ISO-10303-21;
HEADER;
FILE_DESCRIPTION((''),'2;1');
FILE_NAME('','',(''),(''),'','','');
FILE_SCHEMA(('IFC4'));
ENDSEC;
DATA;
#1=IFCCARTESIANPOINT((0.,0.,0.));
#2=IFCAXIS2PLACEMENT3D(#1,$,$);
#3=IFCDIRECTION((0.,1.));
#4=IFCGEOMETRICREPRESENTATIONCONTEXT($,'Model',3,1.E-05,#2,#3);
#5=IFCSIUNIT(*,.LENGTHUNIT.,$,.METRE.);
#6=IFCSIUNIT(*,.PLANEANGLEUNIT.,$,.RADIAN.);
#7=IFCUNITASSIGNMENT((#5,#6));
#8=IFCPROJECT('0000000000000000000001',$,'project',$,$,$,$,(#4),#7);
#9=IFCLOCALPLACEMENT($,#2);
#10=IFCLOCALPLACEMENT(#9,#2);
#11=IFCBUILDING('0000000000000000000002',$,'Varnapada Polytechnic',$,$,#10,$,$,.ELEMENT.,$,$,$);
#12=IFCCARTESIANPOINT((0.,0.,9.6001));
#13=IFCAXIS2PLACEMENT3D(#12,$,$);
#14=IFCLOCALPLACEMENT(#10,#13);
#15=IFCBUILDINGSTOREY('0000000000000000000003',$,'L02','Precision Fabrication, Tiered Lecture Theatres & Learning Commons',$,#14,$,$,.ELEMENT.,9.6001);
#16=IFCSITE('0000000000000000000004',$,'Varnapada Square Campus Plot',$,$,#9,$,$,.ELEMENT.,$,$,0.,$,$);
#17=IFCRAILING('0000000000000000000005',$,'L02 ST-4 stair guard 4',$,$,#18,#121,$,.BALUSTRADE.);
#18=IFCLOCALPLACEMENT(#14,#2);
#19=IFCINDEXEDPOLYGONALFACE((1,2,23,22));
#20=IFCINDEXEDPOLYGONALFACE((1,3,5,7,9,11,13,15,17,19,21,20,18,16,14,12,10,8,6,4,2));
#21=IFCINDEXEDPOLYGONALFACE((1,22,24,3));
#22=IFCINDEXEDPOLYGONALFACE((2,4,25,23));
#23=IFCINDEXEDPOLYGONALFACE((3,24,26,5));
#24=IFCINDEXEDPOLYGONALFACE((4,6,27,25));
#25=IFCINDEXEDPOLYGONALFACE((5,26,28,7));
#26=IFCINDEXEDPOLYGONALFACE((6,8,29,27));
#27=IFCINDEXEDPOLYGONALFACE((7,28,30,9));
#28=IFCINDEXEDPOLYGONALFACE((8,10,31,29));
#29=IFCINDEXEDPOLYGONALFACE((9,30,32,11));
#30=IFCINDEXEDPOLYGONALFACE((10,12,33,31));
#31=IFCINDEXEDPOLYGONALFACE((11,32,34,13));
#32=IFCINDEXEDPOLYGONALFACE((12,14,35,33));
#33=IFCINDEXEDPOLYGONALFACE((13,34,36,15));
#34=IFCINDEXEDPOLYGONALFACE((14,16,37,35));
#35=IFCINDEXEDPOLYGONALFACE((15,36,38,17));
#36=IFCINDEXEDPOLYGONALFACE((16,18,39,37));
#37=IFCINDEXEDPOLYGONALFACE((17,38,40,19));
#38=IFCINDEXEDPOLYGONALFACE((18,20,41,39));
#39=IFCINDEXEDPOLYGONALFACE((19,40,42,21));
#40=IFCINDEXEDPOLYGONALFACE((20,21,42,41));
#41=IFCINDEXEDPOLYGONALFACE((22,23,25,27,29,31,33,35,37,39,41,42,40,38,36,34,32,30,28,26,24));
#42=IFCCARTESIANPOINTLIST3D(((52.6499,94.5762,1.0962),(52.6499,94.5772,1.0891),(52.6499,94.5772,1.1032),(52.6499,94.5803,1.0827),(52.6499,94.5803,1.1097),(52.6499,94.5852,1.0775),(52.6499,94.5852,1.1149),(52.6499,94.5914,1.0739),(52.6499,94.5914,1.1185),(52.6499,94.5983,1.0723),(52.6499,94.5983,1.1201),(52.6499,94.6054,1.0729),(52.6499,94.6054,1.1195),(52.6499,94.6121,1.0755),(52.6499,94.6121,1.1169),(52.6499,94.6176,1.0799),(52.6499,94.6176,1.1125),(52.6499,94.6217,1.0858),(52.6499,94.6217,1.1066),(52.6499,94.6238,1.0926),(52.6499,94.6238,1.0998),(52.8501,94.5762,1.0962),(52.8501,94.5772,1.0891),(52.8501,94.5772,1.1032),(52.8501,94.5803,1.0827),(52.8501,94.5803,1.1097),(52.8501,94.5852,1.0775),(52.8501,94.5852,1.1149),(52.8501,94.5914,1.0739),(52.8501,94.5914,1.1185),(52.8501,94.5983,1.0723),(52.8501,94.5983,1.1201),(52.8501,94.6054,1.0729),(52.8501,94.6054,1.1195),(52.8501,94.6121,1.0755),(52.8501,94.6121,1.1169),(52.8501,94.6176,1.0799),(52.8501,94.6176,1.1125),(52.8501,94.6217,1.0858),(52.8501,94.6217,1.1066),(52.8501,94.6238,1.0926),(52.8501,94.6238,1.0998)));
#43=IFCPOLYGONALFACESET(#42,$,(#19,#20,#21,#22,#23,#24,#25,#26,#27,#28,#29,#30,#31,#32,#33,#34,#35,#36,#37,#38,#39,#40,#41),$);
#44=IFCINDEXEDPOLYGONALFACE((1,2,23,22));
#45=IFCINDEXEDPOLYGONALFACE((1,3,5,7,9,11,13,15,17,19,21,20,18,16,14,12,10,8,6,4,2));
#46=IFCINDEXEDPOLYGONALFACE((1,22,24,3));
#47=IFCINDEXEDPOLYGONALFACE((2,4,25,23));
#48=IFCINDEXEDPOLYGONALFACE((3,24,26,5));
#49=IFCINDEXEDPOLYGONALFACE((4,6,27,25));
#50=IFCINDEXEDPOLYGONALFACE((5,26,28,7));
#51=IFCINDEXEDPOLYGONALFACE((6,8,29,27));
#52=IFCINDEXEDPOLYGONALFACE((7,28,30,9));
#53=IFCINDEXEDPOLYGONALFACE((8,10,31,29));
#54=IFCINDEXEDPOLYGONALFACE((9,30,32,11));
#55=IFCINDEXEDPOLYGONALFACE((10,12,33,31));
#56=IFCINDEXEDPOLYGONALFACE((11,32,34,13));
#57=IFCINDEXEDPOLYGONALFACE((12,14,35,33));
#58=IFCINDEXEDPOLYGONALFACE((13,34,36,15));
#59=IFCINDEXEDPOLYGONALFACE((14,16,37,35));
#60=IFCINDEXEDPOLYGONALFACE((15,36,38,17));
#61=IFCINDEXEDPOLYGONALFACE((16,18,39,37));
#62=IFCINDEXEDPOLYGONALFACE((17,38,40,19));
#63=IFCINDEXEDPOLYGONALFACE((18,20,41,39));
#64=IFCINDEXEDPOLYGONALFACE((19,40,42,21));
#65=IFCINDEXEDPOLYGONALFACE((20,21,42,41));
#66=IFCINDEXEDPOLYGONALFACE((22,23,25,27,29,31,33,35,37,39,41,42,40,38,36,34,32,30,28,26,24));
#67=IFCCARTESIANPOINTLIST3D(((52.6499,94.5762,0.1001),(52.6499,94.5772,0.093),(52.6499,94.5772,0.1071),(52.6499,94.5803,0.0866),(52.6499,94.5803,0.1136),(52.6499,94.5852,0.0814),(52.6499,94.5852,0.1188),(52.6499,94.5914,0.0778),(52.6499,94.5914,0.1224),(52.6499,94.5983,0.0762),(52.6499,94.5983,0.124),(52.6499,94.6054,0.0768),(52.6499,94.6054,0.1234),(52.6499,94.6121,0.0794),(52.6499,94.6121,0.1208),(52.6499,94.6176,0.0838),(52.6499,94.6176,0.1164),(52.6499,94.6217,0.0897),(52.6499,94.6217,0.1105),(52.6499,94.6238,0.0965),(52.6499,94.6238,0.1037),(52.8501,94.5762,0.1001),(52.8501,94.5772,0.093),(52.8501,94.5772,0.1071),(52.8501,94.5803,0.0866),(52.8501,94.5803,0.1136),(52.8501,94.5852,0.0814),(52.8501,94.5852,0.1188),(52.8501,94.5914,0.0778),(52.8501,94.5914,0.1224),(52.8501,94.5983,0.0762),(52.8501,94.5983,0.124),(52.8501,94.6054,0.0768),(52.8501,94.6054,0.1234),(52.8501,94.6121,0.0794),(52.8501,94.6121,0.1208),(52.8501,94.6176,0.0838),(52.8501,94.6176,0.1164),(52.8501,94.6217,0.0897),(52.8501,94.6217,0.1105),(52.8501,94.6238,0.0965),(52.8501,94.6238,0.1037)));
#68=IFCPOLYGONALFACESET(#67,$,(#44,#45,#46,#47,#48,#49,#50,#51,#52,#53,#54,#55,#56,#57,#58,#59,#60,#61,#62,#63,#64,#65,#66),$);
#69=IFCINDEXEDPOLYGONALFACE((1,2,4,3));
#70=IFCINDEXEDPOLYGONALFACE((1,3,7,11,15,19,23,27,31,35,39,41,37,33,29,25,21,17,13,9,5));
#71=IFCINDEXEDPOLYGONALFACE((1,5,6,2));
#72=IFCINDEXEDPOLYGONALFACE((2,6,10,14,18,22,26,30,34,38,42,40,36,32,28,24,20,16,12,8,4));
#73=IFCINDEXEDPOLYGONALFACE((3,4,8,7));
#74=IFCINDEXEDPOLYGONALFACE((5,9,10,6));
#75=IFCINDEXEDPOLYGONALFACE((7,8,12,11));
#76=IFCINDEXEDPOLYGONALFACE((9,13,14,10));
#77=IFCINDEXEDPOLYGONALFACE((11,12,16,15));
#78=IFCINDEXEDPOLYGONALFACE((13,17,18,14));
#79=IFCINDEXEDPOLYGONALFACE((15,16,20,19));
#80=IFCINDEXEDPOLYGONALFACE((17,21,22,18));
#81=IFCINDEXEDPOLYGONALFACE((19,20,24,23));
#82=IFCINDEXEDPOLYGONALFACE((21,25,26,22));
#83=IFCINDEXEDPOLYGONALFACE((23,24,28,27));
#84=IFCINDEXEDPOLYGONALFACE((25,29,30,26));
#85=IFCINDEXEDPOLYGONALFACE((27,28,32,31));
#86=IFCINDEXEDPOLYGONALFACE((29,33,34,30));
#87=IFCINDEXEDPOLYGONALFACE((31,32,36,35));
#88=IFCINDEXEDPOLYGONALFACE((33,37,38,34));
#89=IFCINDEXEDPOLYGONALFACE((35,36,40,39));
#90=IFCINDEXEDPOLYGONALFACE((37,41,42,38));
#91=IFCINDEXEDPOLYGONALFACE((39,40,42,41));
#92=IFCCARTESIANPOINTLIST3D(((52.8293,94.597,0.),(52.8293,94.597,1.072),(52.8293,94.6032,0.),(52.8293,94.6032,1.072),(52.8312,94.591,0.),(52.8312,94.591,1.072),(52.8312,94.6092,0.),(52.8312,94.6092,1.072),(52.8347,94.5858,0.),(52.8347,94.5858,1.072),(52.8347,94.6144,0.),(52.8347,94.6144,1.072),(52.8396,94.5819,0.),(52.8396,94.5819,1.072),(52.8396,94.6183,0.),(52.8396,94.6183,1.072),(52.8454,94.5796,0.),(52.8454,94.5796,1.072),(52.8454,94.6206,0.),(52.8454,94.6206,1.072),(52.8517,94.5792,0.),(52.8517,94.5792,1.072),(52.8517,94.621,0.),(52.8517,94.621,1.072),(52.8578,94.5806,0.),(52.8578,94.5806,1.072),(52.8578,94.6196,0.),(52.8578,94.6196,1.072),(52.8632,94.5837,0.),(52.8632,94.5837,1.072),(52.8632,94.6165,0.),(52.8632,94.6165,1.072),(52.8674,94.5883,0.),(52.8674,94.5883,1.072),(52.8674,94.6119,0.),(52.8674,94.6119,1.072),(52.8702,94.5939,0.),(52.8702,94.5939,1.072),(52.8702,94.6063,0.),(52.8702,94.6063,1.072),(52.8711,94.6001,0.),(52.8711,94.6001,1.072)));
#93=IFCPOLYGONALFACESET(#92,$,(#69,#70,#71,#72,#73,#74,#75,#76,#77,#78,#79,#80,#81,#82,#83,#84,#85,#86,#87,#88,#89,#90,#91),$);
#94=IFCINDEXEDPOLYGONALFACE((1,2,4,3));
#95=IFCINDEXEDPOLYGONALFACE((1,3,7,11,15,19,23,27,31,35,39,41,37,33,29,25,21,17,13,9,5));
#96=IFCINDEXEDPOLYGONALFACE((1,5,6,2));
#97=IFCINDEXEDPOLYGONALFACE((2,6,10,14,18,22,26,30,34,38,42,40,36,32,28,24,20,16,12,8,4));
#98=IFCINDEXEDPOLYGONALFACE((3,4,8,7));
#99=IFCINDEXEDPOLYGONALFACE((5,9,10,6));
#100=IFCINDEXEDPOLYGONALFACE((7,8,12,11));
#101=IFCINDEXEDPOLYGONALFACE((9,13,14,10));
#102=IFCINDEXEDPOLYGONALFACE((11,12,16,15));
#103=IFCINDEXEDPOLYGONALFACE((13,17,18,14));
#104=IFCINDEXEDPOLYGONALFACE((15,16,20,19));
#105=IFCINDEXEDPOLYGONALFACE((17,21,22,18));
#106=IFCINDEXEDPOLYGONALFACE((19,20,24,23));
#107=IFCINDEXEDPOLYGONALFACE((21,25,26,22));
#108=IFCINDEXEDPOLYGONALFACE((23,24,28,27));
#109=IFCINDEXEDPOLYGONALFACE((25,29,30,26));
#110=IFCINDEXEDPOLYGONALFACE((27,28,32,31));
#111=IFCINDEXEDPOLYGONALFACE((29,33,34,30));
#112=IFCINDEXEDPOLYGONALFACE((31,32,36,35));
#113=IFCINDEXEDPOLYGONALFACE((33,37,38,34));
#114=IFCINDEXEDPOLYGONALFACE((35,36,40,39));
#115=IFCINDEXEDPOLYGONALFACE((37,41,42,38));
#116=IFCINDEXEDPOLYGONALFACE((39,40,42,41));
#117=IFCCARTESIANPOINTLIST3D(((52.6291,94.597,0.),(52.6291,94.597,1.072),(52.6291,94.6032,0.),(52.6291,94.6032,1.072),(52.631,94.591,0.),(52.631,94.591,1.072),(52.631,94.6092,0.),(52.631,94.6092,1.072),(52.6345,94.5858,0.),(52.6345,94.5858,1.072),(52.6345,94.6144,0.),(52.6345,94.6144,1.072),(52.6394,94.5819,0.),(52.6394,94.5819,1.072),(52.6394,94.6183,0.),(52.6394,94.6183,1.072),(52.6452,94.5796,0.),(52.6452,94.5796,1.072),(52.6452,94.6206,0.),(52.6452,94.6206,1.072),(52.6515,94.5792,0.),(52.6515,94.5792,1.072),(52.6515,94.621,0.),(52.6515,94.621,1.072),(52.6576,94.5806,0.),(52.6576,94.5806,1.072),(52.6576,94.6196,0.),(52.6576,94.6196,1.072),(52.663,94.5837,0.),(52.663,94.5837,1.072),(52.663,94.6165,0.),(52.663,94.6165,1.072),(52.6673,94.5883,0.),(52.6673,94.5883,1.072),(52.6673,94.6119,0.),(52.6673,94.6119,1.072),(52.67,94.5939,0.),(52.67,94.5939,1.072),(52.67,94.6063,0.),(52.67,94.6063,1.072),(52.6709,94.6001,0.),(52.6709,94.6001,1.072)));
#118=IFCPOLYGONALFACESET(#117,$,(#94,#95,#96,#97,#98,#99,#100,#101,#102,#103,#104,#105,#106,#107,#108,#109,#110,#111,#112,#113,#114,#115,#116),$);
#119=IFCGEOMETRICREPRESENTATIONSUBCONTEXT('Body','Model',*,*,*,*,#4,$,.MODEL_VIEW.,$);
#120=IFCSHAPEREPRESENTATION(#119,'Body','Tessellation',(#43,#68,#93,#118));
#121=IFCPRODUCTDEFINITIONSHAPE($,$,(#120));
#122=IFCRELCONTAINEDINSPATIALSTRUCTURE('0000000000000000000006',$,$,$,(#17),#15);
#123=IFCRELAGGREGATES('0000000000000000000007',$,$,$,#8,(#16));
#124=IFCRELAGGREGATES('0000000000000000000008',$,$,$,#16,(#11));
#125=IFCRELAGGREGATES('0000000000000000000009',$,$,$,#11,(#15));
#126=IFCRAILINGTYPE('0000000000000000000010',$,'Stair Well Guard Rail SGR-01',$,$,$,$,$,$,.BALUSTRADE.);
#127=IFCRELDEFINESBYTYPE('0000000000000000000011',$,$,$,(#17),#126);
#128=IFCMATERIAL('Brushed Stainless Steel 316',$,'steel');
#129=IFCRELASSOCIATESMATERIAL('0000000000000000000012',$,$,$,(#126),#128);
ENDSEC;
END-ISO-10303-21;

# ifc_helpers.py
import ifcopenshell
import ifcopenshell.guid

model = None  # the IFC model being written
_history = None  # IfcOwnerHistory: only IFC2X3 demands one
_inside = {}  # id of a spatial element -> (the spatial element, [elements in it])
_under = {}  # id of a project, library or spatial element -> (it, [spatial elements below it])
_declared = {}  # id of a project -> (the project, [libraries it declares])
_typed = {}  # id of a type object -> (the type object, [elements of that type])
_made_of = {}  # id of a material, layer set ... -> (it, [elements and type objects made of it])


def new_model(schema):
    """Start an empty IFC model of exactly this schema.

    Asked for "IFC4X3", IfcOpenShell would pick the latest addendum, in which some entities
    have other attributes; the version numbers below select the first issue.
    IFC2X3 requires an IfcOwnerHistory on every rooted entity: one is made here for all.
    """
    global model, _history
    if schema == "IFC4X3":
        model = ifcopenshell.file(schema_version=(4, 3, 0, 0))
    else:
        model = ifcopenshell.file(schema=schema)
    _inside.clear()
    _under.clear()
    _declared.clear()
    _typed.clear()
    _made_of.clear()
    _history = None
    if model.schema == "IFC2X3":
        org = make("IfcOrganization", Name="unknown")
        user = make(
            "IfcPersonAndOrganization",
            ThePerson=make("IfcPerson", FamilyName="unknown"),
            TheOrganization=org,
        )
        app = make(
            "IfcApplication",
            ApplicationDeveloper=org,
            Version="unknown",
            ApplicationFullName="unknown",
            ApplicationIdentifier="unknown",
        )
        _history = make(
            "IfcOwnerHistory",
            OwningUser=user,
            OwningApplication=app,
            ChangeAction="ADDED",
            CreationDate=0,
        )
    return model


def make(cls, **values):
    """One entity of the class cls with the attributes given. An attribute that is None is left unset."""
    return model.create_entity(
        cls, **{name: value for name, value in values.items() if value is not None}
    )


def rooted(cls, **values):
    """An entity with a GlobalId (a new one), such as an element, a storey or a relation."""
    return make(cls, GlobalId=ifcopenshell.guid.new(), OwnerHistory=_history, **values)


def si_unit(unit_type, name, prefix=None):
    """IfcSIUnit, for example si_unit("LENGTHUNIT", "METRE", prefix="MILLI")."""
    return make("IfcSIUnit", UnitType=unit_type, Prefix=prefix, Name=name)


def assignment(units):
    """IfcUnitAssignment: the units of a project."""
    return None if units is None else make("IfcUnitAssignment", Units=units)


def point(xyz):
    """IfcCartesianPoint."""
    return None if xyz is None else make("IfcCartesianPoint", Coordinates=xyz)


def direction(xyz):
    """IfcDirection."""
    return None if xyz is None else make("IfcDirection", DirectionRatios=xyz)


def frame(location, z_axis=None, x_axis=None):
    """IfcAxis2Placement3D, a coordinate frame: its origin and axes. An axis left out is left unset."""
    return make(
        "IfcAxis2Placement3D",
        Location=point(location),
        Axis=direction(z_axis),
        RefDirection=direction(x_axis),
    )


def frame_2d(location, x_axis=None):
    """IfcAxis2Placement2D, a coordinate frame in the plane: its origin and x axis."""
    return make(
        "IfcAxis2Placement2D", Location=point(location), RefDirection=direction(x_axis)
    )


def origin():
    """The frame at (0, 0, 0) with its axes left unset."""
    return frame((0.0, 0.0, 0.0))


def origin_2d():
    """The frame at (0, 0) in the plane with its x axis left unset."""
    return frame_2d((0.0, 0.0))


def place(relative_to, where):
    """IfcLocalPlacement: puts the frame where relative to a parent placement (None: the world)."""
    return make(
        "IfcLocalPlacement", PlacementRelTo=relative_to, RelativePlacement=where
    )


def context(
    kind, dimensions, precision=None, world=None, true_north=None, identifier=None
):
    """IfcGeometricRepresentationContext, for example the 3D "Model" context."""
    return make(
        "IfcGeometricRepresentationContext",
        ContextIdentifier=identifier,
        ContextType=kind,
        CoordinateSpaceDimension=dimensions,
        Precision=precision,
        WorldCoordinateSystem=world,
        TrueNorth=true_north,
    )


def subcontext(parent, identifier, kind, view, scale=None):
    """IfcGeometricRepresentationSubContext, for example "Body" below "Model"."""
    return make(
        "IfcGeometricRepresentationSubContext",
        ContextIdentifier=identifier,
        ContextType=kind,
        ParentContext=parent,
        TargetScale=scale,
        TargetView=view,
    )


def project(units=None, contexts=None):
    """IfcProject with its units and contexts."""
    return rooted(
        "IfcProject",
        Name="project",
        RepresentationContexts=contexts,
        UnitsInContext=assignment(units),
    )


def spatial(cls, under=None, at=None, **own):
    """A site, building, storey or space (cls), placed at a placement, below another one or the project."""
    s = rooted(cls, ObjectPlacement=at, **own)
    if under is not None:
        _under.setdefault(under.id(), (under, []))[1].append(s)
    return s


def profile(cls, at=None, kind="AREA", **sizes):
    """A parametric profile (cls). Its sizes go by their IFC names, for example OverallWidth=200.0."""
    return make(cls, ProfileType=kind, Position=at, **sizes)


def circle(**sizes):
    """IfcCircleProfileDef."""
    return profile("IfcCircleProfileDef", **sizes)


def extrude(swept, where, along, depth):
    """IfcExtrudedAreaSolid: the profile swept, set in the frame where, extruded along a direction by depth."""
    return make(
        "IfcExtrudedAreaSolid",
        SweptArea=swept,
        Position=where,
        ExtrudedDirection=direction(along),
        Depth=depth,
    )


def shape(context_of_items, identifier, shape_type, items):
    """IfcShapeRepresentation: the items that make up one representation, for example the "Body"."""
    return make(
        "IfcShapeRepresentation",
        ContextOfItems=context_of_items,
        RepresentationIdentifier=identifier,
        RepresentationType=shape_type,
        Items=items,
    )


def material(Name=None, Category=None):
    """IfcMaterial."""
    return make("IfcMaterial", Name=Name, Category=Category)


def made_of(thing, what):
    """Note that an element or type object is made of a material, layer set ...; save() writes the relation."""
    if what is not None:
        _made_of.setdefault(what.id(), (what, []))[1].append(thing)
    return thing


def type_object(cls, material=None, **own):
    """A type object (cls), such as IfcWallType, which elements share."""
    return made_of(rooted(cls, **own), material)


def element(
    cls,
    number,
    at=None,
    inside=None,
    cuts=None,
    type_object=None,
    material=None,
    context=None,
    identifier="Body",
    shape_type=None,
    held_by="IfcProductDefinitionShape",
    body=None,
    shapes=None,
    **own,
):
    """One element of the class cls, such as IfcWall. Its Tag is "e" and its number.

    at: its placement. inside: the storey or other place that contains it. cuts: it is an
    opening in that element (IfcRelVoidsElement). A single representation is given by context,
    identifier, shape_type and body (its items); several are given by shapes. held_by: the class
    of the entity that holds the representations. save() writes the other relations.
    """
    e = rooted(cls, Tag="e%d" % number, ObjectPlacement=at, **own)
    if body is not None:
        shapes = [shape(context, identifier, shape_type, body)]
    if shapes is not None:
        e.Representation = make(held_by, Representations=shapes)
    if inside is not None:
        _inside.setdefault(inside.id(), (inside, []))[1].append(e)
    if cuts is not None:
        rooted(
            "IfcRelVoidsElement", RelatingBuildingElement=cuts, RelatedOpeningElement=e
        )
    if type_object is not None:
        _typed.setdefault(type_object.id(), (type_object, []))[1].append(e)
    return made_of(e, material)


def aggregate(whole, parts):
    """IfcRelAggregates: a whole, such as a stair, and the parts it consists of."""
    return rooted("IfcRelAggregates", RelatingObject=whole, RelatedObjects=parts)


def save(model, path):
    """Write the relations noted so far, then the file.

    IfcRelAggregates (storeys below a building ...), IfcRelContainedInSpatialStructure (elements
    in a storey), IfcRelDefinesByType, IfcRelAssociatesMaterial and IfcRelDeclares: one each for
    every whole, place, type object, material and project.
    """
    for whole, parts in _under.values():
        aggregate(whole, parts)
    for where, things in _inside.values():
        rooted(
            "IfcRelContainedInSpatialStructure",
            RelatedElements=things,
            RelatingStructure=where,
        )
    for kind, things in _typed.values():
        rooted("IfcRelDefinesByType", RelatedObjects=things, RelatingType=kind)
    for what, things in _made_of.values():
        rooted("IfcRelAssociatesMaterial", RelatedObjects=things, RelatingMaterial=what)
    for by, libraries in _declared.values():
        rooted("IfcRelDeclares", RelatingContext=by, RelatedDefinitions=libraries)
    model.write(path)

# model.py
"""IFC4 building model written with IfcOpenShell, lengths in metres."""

from ifc_helpers import new_model, si_unit, direction, frame, origin, origin_2d, place, context, subcontext, project, spatial, circle, extrude, material, type_object, element, save


model = new_model("IFC4")

# Units and contexts
model_context = context("Model", 3, precision=1e-05, world=origin(), true_north=direction((0.0, 1.0)))
body_context = subcontext(model_context, "Body", "Model", "MODEL_VIEW")
ifc_project = project(units=[si_unit("LENGTHUNIT", "METRE"), si_unit("PLANEANGLEUNIT", "RADIAN")], contexts=[model_context])

# Site, building, storey
site_placement = place(None, origin())
site = spatial("IfcSite", under=ifc_project, at=site_placement, Name="Varnapada Square Campus Plot", CompositionType="ELEMENT", RefElevation=0.0)
building_placement = place(site_placement, origin())
building = spatial("IfcBuilding", under=site, at=building_placement, Name="Varnapada Polytechnic", CompositionType="ELEMENT")
storey_placement = place(building_placement, frame((0.0, 0.0, 9.6001)))
storey = spatial("IfcBuildingStorey", under=building, at=storey_placement, Name="L02", Description="Precision Fabrication, Tiered Lecture Theatres & Learning Commons", CompositionType="ELEMENT", Elevation=9.6001)

# Shared definitions
ifc_material_1 = material(Name="Brushed Stainless Steel 316", Category="steel")

# Railing
railing_type_1 = type_object("IfcRailingType", Name="Stair Well Guard Rail SGR-01", PredefinedType="BALUSTRADE", material=ifc_material_1)
railing_1_placement = place(storey_placement, frame((52.8501, 94.6001, 0.0)))
element("IfcRailing", 1, at=railing_1_placement, inside=storey, type_object=railing_type_1, Name="L02 ST-4 stair guard 4", PredefinedType="BALUSTRADE", context=body_context, shape_type="SweptSolid", body=[
    extrude(circle(Radius=0.0239, at=origin_2d()), frame((0.0, 0.0, 1.0962), z_axis=(-1.0, 0.0, 0.0), x_axis=(0.0, -1.0, 0.0)), (0.0, 0.0, 1.0), 0.2002),
    extrude(circle(Radius=0.0239, at=origin_2d()), frame((0.0, 0.0, 0.1001), z_axis=(-1.0, 0.0, 0.0), x_axis=(0.0, -1.0, 0.0)), (0.0, 0.0, 1.0), 0.2002),
    extrude(circle(Radius=0.021, at=origin_2d()), origin(), (0.0, 0.0, 1.0), 1.072),
    extrude(circle(Radius=0.021, at=origin_2d()), frame((-0.2002, 0.0, 0.0)), (0.0, 0.0, 1.0), 1.072),
])

save(model, "model.ifc")
